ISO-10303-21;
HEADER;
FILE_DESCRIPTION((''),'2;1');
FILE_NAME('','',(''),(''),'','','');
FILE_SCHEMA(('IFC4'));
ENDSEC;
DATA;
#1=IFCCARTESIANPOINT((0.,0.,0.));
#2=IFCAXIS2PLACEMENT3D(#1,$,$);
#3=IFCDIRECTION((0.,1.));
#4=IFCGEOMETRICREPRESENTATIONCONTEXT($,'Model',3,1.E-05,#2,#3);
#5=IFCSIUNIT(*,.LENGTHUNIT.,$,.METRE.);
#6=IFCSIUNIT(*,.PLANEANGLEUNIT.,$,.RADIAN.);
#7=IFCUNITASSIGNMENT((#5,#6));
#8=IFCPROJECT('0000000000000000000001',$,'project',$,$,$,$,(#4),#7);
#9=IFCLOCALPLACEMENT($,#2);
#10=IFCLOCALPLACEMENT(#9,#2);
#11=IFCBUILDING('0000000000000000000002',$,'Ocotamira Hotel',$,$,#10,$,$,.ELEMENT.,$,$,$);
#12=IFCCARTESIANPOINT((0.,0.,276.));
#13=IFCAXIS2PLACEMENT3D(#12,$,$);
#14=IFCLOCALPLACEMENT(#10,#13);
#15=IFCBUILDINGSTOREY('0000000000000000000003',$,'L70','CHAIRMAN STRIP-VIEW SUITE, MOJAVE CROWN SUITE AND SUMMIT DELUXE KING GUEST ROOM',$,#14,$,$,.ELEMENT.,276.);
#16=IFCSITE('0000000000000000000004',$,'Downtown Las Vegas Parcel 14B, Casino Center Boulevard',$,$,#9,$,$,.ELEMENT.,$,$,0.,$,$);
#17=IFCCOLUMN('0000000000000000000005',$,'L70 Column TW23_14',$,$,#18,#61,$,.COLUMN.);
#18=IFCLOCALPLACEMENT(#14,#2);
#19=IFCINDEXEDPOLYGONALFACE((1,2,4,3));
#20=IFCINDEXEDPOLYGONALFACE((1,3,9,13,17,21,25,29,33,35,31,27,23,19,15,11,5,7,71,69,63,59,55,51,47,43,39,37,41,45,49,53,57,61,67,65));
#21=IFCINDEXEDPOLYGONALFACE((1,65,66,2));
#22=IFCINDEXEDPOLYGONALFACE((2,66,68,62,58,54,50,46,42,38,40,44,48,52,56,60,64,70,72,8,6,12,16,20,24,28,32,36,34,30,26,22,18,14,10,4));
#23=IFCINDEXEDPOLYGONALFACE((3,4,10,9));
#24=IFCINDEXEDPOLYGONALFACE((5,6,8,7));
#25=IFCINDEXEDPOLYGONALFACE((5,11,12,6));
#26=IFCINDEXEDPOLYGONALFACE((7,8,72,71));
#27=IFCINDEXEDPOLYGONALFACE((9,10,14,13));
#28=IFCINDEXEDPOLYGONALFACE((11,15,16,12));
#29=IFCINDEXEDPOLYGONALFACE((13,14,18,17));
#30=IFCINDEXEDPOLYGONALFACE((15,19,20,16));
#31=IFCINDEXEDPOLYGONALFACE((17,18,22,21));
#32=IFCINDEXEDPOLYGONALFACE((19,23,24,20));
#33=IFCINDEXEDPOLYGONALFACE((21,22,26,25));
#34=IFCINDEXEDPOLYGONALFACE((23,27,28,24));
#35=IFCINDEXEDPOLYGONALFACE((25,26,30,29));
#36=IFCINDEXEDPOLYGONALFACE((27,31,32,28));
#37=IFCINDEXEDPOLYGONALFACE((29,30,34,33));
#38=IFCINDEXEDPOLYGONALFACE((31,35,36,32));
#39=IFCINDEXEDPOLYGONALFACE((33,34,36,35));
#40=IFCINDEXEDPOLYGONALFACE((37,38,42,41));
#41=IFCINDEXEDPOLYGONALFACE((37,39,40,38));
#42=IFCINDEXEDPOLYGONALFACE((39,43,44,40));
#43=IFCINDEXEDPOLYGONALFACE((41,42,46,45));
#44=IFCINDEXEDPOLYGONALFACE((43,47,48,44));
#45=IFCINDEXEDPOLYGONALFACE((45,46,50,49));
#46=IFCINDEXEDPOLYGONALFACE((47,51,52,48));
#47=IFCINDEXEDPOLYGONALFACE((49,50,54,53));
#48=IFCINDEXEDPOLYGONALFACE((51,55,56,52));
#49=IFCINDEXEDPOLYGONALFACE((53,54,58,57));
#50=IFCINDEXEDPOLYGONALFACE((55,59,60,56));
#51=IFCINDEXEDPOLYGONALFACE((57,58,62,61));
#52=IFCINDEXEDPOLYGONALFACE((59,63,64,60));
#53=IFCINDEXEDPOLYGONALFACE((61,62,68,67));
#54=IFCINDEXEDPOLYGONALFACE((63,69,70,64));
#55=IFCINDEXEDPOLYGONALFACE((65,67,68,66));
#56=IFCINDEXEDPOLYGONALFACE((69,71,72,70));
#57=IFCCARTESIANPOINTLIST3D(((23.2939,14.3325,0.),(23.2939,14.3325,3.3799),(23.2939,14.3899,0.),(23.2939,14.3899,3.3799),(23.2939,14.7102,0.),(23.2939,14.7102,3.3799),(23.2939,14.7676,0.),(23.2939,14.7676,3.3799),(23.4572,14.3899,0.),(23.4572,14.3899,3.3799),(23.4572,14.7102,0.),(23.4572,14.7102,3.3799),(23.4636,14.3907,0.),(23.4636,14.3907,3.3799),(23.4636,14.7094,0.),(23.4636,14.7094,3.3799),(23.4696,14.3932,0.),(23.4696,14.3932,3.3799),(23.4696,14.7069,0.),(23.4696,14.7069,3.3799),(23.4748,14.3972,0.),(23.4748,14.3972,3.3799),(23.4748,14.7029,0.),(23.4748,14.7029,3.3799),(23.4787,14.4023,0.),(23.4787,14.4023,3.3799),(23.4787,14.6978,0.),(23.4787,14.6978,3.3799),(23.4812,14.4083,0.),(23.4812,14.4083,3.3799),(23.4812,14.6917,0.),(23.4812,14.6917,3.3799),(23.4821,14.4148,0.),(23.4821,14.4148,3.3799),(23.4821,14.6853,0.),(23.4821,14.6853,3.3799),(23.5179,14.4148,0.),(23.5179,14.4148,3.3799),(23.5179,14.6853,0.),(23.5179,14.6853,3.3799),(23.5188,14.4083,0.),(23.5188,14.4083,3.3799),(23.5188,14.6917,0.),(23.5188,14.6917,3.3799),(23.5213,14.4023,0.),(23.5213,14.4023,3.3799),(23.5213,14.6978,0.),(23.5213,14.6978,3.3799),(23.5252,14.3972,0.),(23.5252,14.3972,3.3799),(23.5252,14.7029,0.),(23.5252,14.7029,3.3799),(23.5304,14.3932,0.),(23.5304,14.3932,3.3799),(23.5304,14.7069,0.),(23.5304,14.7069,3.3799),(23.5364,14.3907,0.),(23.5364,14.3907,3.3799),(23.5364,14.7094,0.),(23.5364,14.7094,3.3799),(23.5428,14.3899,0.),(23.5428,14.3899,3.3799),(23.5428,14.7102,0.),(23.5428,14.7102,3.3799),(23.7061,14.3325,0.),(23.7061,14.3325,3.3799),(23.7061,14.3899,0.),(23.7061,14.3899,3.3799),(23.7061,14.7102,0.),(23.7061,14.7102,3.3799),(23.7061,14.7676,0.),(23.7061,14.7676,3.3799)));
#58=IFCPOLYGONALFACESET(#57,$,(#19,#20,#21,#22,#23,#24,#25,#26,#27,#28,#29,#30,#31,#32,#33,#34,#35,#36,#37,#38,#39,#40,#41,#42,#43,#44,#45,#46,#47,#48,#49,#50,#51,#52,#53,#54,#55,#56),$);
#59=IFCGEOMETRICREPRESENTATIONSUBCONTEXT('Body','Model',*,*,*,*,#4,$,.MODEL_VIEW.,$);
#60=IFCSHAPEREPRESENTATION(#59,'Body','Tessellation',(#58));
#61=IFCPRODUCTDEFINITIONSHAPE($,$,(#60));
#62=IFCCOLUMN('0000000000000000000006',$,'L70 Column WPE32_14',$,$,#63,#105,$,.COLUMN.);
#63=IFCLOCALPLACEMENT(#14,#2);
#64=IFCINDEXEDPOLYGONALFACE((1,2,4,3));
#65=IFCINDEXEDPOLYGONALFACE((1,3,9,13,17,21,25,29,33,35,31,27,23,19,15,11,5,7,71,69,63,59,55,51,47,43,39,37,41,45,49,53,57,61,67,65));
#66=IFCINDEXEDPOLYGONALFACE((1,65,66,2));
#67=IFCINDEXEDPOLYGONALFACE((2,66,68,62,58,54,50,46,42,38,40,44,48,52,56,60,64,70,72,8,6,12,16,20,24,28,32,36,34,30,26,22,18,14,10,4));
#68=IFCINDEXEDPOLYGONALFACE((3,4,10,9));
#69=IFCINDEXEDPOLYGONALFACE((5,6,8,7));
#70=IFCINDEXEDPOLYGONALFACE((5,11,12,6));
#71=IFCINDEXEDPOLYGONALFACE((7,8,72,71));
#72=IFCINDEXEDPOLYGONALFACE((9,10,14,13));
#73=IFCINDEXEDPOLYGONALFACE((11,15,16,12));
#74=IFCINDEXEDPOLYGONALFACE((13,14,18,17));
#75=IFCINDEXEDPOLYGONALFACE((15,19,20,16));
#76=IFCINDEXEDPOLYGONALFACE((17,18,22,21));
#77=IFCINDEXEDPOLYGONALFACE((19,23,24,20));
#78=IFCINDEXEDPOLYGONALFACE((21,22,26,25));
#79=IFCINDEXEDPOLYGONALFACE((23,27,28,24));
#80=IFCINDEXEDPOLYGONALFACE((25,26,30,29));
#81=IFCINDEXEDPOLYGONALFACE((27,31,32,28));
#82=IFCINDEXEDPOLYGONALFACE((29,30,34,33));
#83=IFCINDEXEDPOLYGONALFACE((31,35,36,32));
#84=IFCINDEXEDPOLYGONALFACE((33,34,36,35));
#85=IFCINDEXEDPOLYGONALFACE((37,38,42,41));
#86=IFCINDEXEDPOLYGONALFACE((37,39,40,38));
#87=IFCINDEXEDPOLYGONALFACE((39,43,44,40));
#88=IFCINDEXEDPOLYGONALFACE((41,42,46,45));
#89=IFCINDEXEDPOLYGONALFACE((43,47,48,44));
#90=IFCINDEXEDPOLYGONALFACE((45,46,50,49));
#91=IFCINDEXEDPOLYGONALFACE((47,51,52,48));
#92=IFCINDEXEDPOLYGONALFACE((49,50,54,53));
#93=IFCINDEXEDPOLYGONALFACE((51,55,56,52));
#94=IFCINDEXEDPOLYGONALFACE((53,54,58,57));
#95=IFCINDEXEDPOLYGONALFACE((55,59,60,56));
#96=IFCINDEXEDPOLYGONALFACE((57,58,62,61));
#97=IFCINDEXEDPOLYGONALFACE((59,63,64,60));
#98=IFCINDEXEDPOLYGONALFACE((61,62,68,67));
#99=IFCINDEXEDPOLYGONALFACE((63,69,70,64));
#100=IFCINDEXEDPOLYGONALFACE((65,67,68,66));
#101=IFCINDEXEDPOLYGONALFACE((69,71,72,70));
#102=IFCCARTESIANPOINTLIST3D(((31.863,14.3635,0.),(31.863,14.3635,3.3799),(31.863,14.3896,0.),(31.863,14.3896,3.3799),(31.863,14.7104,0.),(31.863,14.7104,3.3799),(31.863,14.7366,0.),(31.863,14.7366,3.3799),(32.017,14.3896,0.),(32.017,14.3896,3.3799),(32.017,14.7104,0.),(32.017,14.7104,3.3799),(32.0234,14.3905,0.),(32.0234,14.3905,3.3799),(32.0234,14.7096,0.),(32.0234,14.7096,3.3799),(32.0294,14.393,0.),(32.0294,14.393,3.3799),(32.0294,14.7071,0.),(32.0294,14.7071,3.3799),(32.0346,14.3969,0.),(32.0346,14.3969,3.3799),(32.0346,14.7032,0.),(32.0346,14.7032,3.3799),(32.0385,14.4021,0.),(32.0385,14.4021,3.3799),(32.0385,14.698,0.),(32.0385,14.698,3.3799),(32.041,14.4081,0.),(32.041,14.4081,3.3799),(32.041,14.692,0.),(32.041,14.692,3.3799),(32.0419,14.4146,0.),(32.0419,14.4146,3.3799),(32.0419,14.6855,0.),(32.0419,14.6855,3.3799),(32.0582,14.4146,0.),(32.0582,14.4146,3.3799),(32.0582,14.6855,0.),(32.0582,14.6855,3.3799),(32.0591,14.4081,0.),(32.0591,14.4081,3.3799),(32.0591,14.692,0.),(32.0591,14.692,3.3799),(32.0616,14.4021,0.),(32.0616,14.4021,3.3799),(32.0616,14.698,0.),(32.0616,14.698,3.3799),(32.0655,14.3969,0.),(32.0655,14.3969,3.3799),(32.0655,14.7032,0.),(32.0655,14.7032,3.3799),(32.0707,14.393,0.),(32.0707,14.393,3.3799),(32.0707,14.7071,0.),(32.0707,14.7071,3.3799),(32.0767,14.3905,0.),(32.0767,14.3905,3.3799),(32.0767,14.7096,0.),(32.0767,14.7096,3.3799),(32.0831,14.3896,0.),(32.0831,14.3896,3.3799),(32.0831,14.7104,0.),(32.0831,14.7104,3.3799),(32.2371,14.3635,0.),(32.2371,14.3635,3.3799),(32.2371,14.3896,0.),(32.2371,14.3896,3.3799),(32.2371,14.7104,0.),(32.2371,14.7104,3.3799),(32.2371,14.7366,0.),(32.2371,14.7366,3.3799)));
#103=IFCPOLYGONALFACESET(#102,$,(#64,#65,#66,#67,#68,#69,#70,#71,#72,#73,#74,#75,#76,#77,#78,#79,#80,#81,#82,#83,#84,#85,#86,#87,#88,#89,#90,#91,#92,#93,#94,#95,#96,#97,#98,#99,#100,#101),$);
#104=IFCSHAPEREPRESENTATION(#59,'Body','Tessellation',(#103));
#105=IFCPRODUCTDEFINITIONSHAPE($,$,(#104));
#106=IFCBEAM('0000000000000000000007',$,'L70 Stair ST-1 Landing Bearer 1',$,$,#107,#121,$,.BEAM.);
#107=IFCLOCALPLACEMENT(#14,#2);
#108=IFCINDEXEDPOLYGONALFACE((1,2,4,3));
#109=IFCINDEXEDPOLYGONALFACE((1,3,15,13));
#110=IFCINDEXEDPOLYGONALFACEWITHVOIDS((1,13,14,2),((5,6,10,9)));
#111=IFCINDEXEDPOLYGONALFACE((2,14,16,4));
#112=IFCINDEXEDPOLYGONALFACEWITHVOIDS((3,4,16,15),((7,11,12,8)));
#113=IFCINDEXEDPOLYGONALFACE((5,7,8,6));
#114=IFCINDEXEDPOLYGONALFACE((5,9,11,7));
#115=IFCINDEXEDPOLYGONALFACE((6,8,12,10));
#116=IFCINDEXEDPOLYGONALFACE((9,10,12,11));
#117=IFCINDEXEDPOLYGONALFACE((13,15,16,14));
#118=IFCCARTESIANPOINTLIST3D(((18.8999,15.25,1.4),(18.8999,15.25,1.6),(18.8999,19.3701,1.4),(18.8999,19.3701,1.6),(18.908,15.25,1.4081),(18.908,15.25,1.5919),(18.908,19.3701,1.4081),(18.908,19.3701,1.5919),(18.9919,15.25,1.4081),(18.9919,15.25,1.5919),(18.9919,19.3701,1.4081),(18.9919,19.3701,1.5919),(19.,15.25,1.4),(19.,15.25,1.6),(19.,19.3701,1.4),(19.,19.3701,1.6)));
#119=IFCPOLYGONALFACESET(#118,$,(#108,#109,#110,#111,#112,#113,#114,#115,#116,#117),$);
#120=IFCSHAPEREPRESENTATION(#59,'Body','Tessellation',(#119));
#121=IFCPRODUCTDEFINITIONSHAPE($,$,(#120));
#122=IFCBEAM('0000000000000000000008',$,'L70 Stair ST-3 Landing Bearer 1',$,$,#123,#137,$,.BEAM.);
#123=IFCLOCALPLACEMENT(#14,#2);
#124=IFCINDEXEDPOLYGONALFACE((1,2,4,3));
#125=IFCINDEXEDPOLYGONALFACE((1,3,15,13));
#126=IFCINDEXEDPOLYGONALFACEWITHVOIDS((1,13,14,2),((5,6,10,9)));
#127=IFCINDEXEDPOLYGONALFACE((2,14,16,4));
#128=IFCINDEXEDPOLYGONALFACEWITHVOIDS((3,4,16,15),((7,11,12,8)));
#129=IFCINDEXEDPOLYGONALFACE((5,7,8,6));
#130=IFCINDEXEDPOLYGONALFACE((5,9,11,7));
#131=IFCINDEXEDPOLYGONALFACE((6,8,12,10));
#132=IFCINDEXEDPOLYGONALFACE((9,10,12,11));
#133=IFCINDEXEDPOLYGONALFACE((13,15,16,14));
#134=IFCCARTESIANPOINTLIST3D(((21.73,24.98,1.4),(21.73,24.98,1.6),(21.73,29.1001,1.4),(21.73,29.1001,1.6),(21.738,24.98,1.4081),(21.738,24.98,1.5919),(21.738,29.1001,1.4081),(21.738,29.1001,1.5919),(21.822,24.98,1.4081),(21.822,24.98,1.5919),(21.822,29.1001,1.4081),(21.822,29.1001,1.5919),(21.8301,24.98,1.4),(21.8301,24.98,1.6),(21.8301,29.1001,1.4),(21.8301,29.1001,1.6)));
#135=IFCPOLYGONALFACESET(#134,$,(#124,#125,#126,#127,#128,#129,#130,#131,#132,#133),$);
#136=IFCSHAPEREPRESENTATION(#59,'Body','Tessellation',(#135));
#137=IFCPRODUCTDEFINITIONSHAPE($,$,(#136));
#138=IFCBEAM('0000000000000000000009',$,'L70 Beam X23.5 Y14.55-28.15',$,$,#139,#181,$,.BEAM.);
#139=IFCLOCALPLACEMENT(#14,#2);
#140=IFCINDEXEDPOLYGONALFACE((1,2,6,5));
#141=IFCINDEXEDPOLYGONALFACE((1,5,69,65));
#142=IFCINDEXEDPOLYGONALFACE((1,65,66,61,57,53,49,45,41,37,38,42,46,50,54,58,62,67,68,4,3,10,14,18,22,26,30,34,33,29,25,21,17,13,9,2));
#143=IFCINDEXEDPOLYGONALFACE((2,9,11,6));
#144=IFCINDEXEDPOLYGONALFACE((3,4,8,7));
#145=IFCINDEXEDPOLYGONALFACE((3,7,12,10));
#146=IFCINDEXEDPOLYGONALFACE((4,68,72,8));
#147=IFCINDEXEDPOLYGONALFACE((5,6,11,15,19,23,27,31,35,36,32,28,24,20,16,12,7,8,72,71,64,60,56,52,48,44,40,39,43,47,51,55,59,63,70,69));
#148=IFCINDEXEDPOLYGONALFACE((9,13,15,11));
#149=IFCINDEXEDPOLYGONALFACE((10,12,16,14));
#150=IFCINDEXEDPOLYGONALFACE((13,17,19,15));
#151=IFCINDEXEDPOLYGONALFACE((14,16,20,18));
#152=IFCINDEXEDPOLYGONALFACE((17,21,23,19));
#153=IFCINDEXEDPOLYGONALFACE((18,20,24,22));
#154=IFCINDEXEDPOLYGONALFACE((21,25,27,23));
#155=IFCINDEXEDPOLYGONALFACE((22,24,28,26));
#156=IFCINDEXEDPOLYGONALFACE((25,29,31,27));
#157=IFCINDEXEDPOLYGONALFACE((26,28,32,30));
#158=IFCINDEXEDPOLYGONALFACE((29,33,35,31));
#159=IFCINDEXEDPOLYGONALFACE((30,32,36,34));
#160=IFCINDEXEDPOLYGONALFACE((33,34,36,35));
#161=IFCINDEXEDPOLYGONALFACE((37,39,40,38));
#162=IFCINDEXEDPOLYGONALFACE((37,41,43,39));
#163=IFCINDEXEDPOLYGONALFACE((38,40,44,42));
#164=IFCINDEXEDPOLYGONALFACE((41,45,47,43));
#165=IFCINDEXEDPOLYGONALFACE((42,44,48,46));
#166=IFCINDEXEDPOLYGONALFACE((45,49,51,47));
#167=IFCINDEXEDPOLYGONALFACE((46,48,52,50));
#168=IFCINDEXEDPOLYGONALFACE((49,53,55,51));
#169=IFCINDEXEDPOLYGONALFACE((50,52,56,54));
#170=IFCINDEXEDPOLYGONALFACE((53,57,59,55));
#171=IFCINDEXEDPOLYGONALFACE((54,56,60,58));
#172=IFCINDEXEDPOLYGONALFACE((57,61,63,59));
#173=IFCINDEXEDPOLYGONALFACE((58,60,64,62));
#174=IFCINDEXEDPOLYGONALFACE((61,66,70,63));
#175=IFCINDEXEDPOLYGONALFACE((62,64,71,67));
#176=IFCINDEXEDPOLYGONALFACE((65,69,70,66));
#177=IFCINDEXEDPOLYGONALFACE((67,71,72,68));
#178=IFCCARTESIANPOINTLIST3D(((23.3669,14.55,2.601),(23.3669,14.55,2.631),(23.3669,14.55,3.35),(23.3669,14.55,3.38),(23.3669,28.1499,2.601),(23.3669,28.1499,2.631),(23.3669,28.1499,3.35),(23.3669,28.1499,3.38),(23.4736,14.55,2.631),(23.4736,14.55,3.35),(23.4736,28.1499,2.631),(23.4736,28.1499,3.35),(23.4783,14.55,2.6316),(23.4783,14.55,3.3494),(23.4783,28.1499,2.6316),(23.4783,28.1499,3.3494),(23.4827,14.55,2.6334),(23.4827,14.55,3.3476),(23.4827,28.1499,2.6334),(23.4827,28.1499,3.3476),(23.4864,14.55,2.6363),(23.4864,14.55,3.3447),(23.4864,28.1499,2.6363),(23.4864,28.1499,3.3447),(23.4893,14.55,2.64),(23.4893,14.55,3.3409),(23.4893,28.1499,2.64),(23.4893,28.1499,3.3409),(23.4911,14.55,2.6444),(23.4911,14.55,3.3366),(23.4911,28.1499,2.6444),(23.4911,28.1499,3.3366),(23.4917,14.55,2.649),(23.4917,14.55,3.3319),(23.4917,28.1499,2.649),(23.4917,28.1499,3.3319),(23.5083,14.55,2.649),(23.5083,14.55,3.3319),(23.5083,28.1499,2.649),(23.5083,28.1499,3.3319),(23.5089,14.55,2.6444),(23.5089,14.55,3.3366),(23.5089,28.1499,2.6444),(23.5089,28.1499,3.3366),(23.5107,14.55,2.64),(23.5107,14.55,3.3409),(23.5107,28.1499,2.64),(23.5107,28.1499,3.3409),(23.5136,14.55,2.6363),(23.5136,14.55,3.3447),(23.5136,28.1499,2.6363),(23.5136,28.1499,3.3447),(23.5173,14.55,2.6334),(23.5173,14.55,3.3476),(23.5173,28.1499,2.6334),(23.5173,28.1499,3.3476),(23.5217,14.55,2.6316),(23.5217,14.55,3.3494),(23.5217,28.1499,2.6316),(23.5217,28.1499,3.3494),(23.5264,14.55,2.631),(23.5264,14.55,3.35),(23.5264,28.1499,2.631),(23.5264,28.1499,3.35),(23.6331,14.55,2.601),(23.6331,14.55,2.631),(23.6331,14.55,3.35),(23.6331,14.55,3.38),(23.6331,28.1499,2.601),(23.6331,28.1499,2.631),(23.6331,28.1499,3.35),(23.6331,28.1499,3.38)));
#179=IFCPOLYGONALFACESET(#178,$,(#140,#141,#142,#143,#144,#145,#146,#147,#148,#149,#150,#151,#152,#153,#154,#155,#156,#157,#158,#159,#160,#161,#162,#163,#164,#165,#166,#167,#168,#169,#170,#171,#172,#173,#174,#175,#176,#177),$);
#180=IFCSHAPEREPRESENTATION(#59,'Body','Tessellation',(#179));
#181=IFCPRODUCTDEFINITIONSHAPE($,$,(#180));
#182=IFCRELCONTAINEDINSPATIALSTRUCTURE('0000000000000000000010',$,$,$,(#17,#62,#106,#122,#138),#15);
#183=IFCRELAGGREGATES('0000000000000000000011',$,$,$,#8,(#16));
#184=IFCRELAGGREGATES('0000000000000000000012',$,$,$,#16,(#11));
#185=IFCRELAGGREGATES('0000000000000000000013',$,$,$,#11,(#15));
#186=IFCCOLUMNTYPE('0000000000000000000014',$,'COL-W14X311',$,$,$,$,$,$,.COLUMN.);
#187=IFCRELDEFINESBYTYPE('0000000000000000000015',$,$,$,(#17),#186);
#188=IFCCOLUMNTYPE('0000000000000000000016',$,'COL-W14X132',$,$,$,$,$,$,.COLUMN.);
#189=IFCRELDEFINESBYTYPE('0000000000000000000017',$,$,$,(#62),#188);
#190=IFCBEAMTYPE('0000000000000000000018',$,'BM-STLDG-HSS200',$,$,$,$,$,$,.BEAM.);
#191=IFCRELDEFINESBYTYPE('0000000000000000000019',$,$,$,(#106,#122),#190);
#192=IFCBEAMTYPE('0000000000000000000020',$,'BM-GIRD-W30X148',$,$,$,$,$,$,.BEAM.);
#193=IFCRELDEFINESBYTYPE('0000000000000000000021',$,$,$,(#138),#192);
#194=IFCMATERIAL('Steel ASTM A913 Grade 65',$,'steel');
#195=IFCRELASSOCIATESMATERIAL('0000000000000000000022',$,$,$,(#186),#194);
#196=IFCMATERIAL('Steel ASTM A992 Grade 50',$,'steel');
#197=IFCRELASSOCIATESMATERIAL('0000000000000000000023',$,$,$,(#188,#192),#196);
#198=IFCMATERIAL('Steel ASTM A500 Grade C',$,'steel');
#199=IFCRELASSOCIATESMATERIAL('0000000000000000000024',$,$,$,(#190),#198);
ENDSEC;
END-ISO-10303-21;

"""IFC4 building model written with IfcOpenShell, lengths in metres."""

from ifc_helpers import new_model, si_unit, direction, frame, origin, origin_2d, place, context, subcontext, project, spatial, hollow_rectangle, i_section, extrude, source, transform, mapped, material, material_profile, profile_set, type_object, element, save


model = new_model("IFC4")

# Units and contexts
model_context = context("Model", 3, precision=1e-05, world=origin(), true_north=direction((0.0, 1.0)))
body_context = subcontext(model_context, "Body", "Model", "MODEL_VIEW")
ifc_project = project(units=[si_unit("LENGTHUNIT", "METRE"), si_unit("PLANEANGLEUNIT", "RADIAN")], contexts=[model_context])

# Site, building, storey
site_placement = place(None, origin())
site = spatial("IfcSite", under=ifc_project, at=site_placement, Name="Downtown Las Vegas Parcel 14B, Casino Center Boulevard", CompositionType="ELEMENT", RefElevation=0.0)
building_placement = place(site_placement, origin())
building = spatial("IfcBuilding", under=site, at=building_placement, Name="Ocotamira Hotel", CompositionType="ELEMENT")
storey_placement = place(building_placement, frame((0.0, 0.0, 276.0)))
storey = spatial("IfcBuildingStorey", under=building, at=storey_placement, Name="L70", Description="CHAIRMAN STRIP-VIEW SUITE, MOJAVE CROWN SUITE AND SUMMIT DELUXE KING GUEST ROOM", CompositionType="ELEMENT", Elevation=276.0)

# Columns
ifc_material_1 = material(Name="Steel ASTM A913 Grade 65", Category="steel")
ifc_material_profile_1 = material_profile(ifc_material_1, i_section(OverallWidth=0.4121, OverallDepth=0.4351, WebThickness=0.0359, FlangeThickness=0.0574, FilletRadius=0.0249, at=origin_2d()), Name="W14X311")
ifc_profile_set_1 = profile_set([ifc_material_profile_1], Name="Steel ASTM A913 Grade 65")
column_type_1 = type_object("IfcColumnType", Name="COL-W14X311", PredefinedType="COLUMN", material=ifc_profile_set_1)
shared_shape_1 = source(origin(), body_context, "Body", "SweptSolid", [
    extrude(i_section(OverallWidth=0.4121, OverallDepth=0.4351, WebThickness=0.0359, FlangeThickness=0.0574, FilletRadius=0.0249, at=origin_2d()), origin(), (0.0, 0.0, 1.0), 3.3799),
])
column_1_placement = place(storey_placement, frame((23.5, 14.55, 0.0), z_axis=(0.0, 0.0, 1.0), x_axis=(1.0, 0.0, 0.0)))
element("IfcColumn", 1, at=column_1_placement, inside=storey, type_object=column_type_1, Name="L70 Column TW23_14", PredefinedType="COLUMN", context=body_context, shape_type="MappedRepresentation", body=[
    mapped(shared_shape_1, transform((0.0, 0.0, 0.0), scale=1.0)),
])
ifc_material_2 = material(Name="Steel ASTM A992 Grade 50", Category="steel")
ifc_material_profile_2 = material_profile(ifc_material_2, i_section(OverallWidth=0.374, OverallDepth=0.373, WebThickness=0.0164, FlangeThickness=0.0261, FilletRadius=0.0249, at=origin_2d()), Name="W14X132")
ifc_profile_set_2 = profile_set([ifc_material_profile_2], Name="Steel ASTM A992 Grade 50")
column_type_2 = type_object("IfcColumnType", Name="COL-W14X132", PredefinedType="COLUMN", material=ifc_profile_set_2)
shared_shape_2 = source(origin(), body_context, "Body", "SweptSolid", [
    extrude(i_section(OverallWidth=0.374, OverallDepth=0.373, WebThickness=0.0164, FlangeThickness=0.0261, FilletRadius=0.0249, at=origin_2d()), origin(), (0.0, 0.0, 1.0), 3.3799),
])
column_2_placement = place(storey_placement, frame((32.05, 14.55, 0.0), z_axis=(0.0, 0.0, 1.0), x_axis=(1.0, 0.0, 0.0)))
element("IfcColumn", 2, at=column_2_placement, inside=storey, type_object=column_type_2, Name="L70 Column WPE32_14", PredefinedType="COLUMN", context=body_context, shape_type="MappedRepresentation", body=[
    mapped(shared_shape_2, transform((0.0, 0.0, 0.0), scale=1.0)),
])

# Beams
ifc_material_3 = material(Name="Steel ASTM A500 Grade C", Category="steel")
ifc_material_profile_3 = material_profile(ifc_material_3, hollow_rectangle(XDim=0.1001, YDim=0.2, WallThickness=0.0081, at=origin_2d()), Name="HSS200X100X8")
ifc_profile_set_3 = profile_set([ifc_material_profile_3], Name="Steel ASTM A500 Grade C")
beam_type_1 = type_object("IfcBeamType", Name="BM-STLDG-HSS200", PredefinedType="BEAM", material=ifc_profile_set_3)
shared_shape_3 = source(origin(), body_context, "Body", "SweptSolid", [
    extrude(hollow_rectangle(XDim=0.1001, YDim=0.2, WallThickness=0.0081, at=origin_2d()), origin(), (0.0, 0.0, 1.0), 4.1201),
])
for number, where, z_axis, x_axis, name in (
    (3, (18.95, 15.25, 1.5), (0.0, 1.0, 0.0), (-1.0, 0.0, 0.0), "L70 Stair ST-1 Landing Bearer 1"),
    (4, (21.78, 24.98, 1.5), (0.0, 1.0, 0.0), (-1.0, 0.0, 0.0), "L70 Stair ST-3 Landing Bearer 1"),
):
    element("IfcBeam", number, at=place(storey_placement, frame(where, z_axis=z_axis, x_axis=x_axis)), inside=storey, type_object=beam_type_1, Name=name, PredefinedType="BEAM", context=body_context, shape_type="MappedRepresentation", body=[
        mapped(shared_shape_3, transform((0.0, 0.0, 0.0), scale=1.0)),
    ])
ifc_material_profile_4 = material_profile(ifc_material_2, i_section(OverallWidth=0.2661, OverallDepth=0.7791, WebThickness=0.0166, FlangeThickness=0.03, FilletRadius=0.0181, at=origin_2d()), Name="W30X148")
ifc_profile_set_4 = profile_set([ifc_material_profile_4], Name="Steel ASTM A992 Grade 50")
beam_type_2 = type_object("IfcBeamType", Name="BM-GIRD-W30X148", PredefinedType="BEAM", material=ifc_profile_set_4)
shared_shape_4 = source(origin(), body_context, "Body", "SweptSolid", [
    extrude(i_section(OverallWidth=0.2661, OverallDepth=0.7791, WebThickness=0.0166, FlangeThickness=0.03, FilletRadius=0.0181, at=origin_2d()), origin(), (0.0, 0.0, 1.0), 13.5999),
])
for number, where, z_axis, x_axis, name in (
    (5, (23.5, 14.55, 2.9905), (0.0, 1.0, 0.0), (-1.0, 0.0, 0.0), "L70 Beam X23.5 Y14.55-28.15"),
):
    element("IfcBeam", number, at=place(storey_placement, frame(where, z_axis=z_axis, x_axis=x_axis)), inside=storey, type_object=beam_type_2, Name=name, PredefinedType="BEAM", context=body_context, shape_type="MappedRepresentation", body=[
        mapped(shared_shape_4, transform((0.0, 0.0, 0.0), scale=1.0)),
    ])

save(model, "model.ifc")
